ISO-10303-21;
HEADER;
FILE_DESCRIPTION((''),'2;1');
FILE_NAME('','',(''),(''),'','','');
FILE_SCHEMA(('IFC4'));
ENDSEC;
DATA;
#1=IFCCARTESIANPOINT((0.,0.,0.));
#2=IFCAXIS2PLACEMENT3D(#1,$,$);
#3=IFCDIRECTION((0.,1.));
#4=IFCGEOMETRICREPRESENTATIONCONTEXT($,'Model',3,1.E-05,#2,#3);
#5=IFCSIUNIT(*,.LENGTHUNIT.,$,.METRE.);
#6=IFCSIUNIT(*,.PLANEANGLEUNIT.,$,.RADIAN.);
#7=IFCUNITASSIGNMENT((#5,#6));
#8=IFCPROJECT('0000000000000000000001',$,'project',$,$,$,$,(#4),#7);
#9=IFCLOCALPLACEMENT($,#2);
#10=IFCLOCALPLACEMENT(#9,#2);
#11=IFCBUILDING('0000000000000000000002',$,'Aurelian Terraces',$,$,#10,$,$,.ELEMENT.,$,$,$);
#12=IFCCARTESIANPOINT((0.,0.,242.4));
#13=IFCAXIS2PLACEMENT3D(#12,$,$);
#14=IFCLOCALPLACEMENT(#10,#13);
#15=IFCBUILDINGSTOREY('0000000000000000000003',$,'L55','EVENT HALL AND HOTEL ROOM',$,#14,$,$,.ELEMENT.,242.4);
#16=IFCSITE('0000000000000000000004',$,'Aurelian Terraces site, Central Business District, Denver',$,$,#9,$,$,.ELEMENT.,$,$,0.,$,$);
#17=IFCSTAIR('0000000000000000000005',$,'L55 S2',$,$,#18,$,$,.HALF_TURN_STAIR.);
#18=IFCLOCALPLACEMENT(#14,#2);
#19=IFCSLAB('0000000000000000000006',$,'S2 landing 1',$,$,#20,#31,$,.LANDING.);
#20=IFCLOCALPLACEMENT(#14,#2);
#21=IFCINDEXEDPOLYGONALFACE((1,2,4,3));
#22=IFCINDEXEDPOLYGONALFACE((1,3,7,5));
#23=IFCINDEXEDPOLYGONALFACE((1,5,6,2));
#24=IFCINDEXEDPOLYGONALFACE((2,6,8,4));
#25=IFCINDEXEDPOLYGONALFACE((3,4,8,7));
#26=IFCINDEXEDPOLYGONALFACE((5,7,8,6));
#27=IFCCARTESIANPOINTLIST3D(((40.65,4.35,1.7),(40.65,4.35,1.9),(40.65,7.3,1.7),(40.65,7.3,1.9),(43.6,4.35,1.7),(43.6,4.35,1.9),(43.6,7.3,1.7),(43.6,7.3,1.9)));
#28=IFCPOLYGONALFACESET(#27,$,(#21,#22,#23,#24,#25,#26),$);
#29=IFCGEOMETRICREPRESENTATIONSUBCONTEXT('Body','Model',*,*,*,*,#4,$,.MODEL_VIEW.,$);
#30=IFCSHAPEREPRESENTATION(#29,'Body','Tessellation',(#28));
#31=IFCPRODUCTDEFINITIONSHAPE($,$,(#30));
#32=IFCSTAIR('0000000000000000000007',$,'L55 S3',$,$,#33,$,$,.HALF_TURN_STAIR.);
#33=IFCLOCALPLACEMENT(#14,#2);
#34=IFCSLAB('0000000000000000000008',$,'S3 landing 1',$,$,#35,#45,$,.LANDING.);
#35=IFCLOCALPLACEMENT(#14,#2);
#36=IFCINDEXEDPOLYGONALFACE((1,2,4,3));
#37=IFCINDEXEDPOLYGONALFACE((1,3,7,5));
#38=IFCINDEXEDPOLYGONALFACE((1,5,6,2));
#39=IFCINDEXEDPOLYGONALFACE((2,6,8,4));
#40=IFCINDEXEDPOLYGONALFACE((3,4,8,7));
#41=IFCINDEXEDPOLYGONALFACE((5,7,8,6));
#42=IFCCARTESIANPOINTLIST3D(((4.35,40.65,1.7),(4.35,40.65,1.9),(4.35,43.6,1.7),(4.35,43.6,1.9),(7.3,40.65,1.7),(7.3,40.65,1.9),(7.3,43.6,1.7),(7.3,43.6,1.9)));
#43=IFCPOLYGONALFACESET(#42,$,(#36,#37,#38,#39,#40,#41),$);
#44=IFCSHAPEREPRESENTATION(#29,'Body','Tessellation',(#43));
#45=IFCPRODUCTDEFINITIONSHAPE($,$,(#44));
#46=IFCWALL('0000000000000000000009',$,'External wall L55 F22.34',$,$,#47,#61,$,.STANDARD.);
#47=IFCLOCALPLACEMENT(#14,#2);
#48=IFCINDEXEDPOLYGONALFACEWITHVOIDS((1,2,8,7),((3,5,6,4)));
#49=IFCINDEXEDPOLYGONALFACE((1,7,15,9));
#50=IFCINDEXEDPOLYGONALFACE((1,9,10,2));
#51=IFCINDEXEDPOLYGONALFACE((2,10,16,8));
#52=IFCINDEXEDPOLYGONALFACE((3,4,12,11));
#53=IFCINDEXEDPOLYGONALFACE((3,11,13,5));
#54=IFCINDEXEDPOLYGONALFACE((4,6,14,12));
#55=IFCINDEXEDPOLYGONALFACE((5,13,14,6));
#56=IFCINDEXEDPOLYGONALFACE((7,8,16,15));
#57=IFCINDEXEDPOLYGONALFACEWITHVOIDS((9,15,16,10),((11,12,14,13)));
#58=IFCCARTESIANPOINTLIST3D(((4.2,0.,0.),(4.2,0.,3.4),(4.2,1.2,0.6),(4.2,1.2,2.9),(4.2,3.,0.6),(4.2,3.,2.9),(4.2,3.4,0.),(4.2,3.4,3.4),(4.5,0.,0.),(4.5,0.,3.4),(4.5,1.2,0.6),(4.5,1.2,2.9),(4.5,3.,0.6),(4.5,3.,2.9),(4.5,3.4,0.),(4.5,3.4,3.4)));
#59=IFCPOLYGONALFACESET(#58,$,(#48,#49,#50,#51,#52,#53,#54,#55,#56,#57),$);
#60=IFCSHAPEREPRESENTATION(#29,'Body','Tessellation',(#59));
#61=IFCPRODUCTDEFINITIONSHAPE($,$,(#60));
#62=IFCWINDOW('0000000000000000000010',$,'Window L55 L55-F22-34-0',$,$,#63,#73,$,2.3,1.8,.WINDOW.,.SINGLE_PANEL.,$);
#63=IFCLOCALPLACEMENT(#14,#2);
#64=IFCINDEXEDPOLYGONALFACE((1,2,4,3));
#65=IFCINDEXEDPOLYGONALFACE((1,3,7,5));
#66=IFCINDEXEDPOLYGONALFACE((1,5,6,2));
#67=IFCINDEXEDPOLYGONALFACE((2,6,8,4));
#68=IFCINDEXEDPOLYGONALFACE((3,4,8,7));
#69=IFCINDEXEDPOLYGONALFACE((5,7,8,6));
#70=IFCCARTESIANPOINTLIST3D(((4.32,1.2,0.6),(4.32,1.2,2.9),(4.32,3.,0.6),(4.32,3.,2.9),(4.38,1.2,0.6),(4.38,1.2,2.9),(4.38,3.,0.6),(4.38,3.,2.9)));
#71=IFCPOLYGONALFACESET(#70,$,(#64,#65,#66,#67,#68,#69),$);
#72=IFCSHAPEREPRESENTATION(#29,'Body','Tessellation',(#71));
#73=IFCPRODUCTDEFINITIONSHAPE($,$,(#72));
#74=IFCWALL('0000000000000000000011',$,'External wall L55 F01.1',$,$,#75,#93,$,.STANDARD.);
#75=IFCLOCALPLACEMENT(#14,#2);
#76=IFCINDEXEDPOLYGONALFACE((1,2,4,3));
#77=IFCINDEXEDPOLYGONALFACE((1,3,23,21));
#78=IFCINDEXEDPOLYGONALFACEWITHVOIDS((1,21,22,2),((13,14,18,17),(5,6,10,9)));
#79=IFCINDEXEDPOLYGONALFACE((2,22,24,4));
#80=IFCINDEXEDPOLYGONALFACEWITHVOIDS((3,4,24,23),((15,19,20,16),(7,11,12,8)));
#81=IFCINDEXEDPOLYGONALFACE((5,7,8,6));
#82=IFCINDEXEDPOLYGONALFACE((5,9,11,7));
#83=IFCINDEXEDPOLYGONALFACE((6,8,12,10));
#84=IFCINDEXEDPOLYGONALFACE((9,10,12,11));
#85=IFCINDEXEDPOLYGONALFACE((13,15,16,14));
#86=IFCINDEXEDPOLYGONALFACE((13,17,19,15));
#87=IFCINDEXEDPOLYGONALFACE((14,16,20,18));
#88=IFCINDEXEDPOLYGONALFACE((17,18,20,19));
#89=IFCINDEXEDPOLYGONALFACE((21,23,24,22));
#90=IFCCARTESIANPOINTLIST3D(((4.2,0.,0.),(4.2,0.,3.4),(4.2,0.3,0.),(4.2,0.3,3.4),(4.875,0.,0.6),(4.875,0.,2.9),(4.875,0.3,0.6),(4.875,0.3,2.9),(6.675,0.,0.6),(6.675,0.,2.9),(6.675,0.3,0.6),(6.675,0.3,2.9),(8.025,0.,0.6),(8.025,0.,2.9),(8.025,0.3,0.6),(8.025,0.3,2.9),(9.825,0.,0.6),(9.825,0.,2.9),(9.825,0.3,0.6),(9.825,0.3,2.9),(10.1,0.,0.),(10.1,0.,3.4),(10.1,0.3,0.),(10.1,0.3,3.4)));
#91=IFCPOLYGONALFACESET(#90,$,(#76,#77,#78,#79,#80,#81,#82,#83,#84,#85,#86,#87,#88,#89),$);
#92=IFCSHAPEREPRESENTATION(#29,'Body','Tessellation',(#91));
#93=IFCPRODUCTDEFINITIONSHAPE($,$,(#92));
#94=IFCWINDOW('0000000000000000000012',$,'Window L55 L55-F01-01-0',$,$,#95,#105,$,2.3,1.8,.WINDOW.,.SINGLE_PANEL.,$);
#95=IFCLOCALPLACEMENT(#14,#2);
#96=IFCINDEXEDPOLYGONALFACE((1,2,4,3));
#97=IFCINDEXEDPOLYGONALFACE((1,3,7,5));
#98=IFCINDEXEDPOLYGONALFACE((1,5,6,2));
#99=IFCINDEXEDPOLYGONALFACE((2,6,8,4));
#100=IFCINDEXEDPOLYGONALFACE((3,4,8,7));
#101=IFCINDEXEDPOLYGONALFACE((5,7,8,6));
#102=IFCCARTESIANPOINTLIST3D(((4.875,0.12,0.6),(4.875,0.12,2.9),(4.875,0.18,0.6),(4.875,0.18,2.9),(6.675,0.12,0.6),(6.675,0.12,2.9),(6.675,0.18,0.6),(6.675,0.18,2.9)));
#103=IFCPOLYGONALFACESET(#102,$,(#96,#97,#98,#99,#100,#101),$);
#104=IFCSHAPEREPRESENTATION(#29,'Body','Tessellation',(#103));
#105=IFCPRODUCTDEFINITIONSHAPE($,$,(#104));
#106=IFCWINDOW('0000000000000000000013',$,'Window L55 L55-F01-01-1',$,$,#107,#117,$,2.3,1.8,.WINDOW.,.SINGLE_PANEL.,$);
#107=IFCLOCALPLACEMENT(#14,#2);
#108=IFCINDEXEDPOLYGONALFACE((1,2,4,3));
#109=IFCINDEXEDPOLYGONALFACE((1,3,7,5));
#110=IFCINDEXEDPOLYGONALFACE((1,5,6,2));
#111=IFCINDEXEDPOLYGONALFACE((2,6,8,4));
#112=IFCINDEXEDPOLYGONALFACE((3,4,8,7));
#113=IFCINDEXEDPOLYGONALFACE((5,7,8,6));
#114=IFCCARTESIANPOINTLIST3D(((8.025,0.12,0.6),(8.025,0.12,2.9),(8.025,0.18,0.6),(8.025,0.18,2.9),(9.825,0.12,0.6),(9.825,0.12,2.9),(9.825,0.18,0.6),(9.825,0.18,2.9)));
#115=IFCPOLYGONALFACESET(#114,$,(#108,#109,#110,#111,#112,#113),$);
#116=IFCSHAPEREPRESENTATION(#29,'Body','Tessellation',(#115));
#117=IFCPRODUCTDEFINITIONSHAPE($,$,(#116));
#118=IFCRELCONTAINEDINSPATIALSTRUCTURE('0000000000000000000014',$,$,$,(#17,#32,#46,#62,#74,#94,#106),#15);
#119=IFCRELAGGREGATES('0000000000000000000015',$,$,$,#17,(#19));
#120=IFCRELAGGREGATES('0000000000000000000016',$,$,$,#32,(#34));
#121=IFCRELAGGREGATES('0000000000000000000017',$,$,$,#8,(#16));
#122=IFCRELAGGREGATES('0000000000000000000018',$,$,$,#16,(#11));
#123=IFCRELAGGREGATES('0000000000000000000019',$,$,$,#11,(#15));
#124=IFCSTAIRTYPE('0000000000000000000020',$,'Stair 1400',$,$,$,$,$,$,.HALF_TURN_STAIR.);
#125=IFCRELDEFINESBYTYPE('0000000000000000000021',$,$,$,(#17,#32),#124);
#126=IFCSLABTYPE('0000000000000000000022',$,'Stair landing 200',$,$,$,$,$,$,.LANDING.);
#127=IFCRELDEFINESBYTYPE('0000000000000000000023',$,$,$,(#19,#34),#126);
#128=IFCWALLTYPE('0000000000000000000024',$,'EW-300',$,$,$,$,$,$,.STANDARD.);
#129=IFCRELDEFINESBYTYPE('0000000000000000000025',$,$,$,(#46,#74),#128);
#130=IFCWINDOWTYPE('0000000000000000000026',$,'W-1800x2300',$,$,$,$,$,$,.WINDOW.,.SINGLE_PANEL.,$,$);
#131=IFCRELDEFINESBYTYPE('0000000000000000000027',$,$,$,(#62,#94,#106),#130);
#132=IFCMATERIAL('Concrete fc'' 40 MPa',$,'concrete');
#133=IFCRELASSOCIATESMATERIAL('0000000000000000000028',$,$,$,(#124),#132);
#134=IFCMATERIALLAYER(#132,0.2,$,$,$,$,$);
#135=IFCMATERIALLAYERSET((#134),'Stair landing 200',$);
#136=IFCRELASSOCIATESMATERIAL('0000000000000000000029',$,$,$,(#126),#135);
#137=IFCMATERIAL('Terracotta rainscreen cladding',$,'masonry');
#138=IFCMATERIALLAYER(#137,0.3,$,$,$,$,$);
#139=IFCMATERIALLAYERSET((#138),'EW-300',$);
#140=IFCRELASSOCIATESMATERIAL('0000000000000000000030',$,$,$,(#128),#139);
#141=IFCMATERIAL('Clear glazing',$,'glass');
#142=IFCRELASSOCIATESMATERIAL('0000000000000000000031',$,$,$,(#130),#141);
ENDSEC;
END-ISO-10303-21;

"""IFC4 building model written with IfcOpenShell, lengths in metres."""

from ifc_helpers import new_model, si_unit, direction, frame, frame_2d, origin, place, context, subcontext, project, spatial, polyline, rectangle, outline, extrude, source, transform, mapped, material, layer, layer_set, type_object, element, fill, aggregate, save


model = new_model("IFC4")

# Units and contexts
model_context = context("Model", 3, precision=1e-05, world=origin(), true_north=direction((0.0, 1.0)))
body_context = subcontext(model_context, "Body", "Model", "MODEL_VIEW")
ifc_project = project(units=[si_unit("LENGTHUNIT", "METRE"), si_unit("PLANEANGLEUNIT", "RADIAN")], contexts=[model_context])

# Site, building, storey
site_placement = place(None, origin())
site = spatial("IfcSite", under=ifc_project, at=site_placement, Name="Aurelian Terraces site, Central Business District, Denver", CompositionType="ELEMENT", RefElevation=0.0)
building_placement = place(site_placement, origin())
building = spatial("IfcBuilding", under=site, at=building_placement, Name="Aurelian Terraces", CompositionType="ELEMENT")
storey_placement = place(building_placement, frame((0.0, 0.0, 242.4)))
storey = spatial("IfcBuildingStorey", under=building, at=storey_placement, Name="L55", Description="EVENT HALL AND HOTEL ROOM", CompositionType="ELEMENT", Elevation=242.4)

# Shared definitions
ifc_material_1 = material(Name="Concrete fc' 40 MPa", Category="concrete")

# Stairs, slabs
stair_type = type_object("IfcStairType", Name="Stair 1400", PredefinedType="HALF_TURN_STAIR", material=ifc_material_1)
ifc_layer_1 = layer(ifc_material_1, 0.2)
ifc_layer_set_1 = layer_set([ifc_layer_1], Name="Stair landing 200")
slab_type_1 = type_object("IfcSlabType", Name="Stair landing 200", PredefinedType="LANDING", material=ifc_layer_set_1)
stair_1_placement = place(storey_placement, origin())
stair_1 = element("IfcStair", 1, at=stair_1_placement, inside=storey, type_object=stair_type, Name="L55 S2", PredefinedType="HALF_TURN_STAIR")
shared_shape_1 = source(origin(), body_context, "Body", "SweptSolid", [
    extrude(outline(polyline([(43.6, 4.35), (43.6, 7.3), (40.65, 7.3), (40.65, 4.35), (43.6, 4.35)])), origin(), (0.0, 0.0, 1.0), 0.2),
])
slab_1_placement = place(storey_placement, frame((0.0, 0.0, 1.7)))
slab_1 = element("IfcSlab", 2, at=slab_1_placement, type_object=slab_type_1, Name="S2 landing 1", PredefinedType="LANDING", context=body_context, shape_type="MappedRepresentation", body=[
    mapped(shared_shape_1, transform((0.0, 0.0, 0.0), scale=1.0)),
])
aggregate(stair_1, [slab_1])
stair_2_placement = place(storey_placement, origin())
stair_2 = element("IfcStair", 3, at=stair_2_placement, inside=storey, type_object=stair_type, Name="L55 S3", PredefinedType="HALF_TURN_STAIR")
shared_shape_2 = source(origin(), body_context, "Body", "SweptSolid", [
    extrude(outline(polyline([(4.35, 40.65), (7.3, 40.65), (7.3, 43.6), (4.35, 43.6), (4.35, 40.65)])), origin(), (0.0, 0.0, 1.0), 0.2),
])
slab_2_placement = place(storey_placement, frame((0.0, 0.0, 1.7)))
slab_2 = element("IfcSlab", 4, at=slab_2_placement, type_object=slab_type_1, Name="S3 landing 1", PredefinedType="LANDING", context=body_context, shape_type="MappedRepresentation", body=[
    mapped(shared_shape_2, transform((0.0, 0.0, 0.0), scale=1.0)),
])
aggregate(stair_2, [slab_2])

# Wall, opening, window
ifc_material_2 = material(Name="Terracotta rainscreen cladding", Category="masonry")
ifc_layer_2 = layer(ifc_material_2, 0.3)
ifc_layer_set_2 = layer_set([ifc_layer_2], Name="EW-300")
wall_type = type_object("IfcWallType", Name="EW-300", PredefinedType="STANDARD", material=ifc_layer_set_2)
shared_shape_3 = source(origin(), body_context, "Body", "SweptSolid", [
    extrude(rectangle(XDim=3.4, YDim=0.3, at=frame_2d((1.7, 0.0))), origin(), (0.0, 0.0, 1.0), 3.4),
])
wall_1_placement = place(storey_placement, frame((4.35, 3.4, 0.0), z_axis=(0.0, 0.0, 1.0), x_axis=(0.0, -1.0, 0.0)))
wall_1 = element("IfcWall", 5, at=wall_1_placement, inside=storey, type_object=wall_type, Name="External wall L55 F22.34", PredefinedType="STANDARD", context=body_context, shape_type="MappedRepresentation", body=[
    mapped(shared_shape_3, transform((0.0, 0.0, 0.0), scale=1.0)),
])
shared_shape_4 = source(origin(), body_context, "Body", "SweptSolid", [
    extrude(rectangle(XDim=1.8, YDim=2.3, at=frame_2d((0.9, 1.15))), frame((0.0, 0.16, 0.0), z_axis=(0.0, -1.0, 0.0), x_axis=(1.0, 0.0, 0.0)), (0.0, 0.0, 1.0), 0.32),
])
opening_1_placement = place(wall_1_placement, frame((0.4, 0.0, 0.6)))
opening_1 = element("IfcOpeningElement", 6, at=opening_1_placement, cuts=wall_1, PredefinedType="OPENING", context=body_context, shape_type="MappedRepresentation", body=[
    mapped(shared_shape_4, transform((0.0, 0.0, 0.0), scale=1.0)),
])
ifc_material_3 = material(Name="Clear glazing", Category="glass")
window_type = type_object("IfcWindowType", Name="W-1800x2300", PartitioningType="SINGLE_PANEL", PredefinedType="WINDOW", material=ifc_material_3)
shared_shape_5 = source(origin(), body_context, "Body", "SweptSolid", [
    extrude(rectangle(XDim=1.8, YDim=2.3, at=frame_2d((0.9, 1.15))), frame((0.0, 0.03, 0.0), z_axis=(0.0, -1.0, 0.0), x_axis=(1.0, 0.0, 0.0)), (0.0, 0.0, 1.0), 0.06),
])
window_1_placement = place(opening_1_placement, origin())
window_1 = element("IfcWindow", 7, at=window_1_placement, inside=storey, type_object=window_type, Name="Window L55 L55-F22-34-0", OverallHeight=2.3, OverallWidth=1.8, PartitioningType="SINGLE_PANEL", PredefinedType="WINDOW", context=body_context, shape_type="MappedRepresentation", body=[
    mapped(shared_shape_5, transform((0.0, 0.0, 0.0), scale=1.0)),
])
fill(opening_1, window_1)

# Wall, openings, windows
shared_shape_6 = source(origin(), body_context, "Body", "SweptSolid", [
    extrude(rectangle(XDim=5.9, YDim=0.3, at=frame_2d((2.95, 0.0))), origin(), (0.0, 0.0, 1.0), 3.4),
])
wall_2_placement = place(storey_placement, frame((4.2, 0.15, 0.0), z_axis=(0.0, 0.0, 1.0), x_axis=(1.0, 0.0, 0.0)))
wall_2 = element("IfcWall", 8, at=wall_2_placement, inside=storey, type_object=wall_type, Name="External wall L55 F01.1", PredefinedType="STANDARD", context=body_context, shape_type="MappedRepresentation", body=[
    mapped(shared_shape_6, transform((0.0, 0.0, 0.0), scale=1.0)),
])
opening_2_placement = place(wall_2_placement, frame((0.675, 0.0, 0.6)))
opening_2 = element("IfcOpeningElement", 9, at=opening_2_placement, cuts=wall_2, PredefinedType="OPENING", context=body_context, shape_type="MappedRepresentation", body=[
    mapped(shared_shape_4, transform((0.0, 0.0, 0.0), scale=1.0)),
])
opening_3_placement = place(wall_2_placement, frame((3.825, 0.0, 0.6)))
opening_3 = element("IfcOpeningElement", 10, at=opening_3_placement, cuts=wall_2, PredefinedType="OPENING", context=body_context, shape_type="MappedRepresentation", body=[
    mapped(shared_shape_4, transform((0.0, 0.0, 0.0), scale=1.0)),
])
window_2_placement = place(opening_2_placement, origin())
window_2 = element("IfcWindow", 11, at=window_2_placement, inside=storey, type_object=window_type, Name="Window L55 L55-F01-01-0", OverallHeight=2.3, OverallWidth=1.8, PartitioningType="SINGLE_PANEL", PredefinedType="WINDOW", context=body_context, shape_type="MappedRepresentation", body=[
    mapped(shared_shape_5, transform((0.0, 0.0, 0.0), scale=1.0)),
])
fill(opening_2, window_2)
window_3_placement = place(opening_3_placement, origin())
window_3 = element("IfcWindow", 12, at=window_3_placement, inside=storey, type_object=window_type, Name="Window L55 L55-F01-01-1", OverallHeight=2.3, OverallWidth=1.8, PartitioningType="SINGLE_PANEL", PredefinedType="WINDOW", context=body_context, shape_type="MappedRepresentation", body=[
    mapped(shared_shape_5, transform((0.0, 0.0, 0.0), scale=1.0)),
])
fill(opening_3, window_3)

save(model, "model.ifc")
